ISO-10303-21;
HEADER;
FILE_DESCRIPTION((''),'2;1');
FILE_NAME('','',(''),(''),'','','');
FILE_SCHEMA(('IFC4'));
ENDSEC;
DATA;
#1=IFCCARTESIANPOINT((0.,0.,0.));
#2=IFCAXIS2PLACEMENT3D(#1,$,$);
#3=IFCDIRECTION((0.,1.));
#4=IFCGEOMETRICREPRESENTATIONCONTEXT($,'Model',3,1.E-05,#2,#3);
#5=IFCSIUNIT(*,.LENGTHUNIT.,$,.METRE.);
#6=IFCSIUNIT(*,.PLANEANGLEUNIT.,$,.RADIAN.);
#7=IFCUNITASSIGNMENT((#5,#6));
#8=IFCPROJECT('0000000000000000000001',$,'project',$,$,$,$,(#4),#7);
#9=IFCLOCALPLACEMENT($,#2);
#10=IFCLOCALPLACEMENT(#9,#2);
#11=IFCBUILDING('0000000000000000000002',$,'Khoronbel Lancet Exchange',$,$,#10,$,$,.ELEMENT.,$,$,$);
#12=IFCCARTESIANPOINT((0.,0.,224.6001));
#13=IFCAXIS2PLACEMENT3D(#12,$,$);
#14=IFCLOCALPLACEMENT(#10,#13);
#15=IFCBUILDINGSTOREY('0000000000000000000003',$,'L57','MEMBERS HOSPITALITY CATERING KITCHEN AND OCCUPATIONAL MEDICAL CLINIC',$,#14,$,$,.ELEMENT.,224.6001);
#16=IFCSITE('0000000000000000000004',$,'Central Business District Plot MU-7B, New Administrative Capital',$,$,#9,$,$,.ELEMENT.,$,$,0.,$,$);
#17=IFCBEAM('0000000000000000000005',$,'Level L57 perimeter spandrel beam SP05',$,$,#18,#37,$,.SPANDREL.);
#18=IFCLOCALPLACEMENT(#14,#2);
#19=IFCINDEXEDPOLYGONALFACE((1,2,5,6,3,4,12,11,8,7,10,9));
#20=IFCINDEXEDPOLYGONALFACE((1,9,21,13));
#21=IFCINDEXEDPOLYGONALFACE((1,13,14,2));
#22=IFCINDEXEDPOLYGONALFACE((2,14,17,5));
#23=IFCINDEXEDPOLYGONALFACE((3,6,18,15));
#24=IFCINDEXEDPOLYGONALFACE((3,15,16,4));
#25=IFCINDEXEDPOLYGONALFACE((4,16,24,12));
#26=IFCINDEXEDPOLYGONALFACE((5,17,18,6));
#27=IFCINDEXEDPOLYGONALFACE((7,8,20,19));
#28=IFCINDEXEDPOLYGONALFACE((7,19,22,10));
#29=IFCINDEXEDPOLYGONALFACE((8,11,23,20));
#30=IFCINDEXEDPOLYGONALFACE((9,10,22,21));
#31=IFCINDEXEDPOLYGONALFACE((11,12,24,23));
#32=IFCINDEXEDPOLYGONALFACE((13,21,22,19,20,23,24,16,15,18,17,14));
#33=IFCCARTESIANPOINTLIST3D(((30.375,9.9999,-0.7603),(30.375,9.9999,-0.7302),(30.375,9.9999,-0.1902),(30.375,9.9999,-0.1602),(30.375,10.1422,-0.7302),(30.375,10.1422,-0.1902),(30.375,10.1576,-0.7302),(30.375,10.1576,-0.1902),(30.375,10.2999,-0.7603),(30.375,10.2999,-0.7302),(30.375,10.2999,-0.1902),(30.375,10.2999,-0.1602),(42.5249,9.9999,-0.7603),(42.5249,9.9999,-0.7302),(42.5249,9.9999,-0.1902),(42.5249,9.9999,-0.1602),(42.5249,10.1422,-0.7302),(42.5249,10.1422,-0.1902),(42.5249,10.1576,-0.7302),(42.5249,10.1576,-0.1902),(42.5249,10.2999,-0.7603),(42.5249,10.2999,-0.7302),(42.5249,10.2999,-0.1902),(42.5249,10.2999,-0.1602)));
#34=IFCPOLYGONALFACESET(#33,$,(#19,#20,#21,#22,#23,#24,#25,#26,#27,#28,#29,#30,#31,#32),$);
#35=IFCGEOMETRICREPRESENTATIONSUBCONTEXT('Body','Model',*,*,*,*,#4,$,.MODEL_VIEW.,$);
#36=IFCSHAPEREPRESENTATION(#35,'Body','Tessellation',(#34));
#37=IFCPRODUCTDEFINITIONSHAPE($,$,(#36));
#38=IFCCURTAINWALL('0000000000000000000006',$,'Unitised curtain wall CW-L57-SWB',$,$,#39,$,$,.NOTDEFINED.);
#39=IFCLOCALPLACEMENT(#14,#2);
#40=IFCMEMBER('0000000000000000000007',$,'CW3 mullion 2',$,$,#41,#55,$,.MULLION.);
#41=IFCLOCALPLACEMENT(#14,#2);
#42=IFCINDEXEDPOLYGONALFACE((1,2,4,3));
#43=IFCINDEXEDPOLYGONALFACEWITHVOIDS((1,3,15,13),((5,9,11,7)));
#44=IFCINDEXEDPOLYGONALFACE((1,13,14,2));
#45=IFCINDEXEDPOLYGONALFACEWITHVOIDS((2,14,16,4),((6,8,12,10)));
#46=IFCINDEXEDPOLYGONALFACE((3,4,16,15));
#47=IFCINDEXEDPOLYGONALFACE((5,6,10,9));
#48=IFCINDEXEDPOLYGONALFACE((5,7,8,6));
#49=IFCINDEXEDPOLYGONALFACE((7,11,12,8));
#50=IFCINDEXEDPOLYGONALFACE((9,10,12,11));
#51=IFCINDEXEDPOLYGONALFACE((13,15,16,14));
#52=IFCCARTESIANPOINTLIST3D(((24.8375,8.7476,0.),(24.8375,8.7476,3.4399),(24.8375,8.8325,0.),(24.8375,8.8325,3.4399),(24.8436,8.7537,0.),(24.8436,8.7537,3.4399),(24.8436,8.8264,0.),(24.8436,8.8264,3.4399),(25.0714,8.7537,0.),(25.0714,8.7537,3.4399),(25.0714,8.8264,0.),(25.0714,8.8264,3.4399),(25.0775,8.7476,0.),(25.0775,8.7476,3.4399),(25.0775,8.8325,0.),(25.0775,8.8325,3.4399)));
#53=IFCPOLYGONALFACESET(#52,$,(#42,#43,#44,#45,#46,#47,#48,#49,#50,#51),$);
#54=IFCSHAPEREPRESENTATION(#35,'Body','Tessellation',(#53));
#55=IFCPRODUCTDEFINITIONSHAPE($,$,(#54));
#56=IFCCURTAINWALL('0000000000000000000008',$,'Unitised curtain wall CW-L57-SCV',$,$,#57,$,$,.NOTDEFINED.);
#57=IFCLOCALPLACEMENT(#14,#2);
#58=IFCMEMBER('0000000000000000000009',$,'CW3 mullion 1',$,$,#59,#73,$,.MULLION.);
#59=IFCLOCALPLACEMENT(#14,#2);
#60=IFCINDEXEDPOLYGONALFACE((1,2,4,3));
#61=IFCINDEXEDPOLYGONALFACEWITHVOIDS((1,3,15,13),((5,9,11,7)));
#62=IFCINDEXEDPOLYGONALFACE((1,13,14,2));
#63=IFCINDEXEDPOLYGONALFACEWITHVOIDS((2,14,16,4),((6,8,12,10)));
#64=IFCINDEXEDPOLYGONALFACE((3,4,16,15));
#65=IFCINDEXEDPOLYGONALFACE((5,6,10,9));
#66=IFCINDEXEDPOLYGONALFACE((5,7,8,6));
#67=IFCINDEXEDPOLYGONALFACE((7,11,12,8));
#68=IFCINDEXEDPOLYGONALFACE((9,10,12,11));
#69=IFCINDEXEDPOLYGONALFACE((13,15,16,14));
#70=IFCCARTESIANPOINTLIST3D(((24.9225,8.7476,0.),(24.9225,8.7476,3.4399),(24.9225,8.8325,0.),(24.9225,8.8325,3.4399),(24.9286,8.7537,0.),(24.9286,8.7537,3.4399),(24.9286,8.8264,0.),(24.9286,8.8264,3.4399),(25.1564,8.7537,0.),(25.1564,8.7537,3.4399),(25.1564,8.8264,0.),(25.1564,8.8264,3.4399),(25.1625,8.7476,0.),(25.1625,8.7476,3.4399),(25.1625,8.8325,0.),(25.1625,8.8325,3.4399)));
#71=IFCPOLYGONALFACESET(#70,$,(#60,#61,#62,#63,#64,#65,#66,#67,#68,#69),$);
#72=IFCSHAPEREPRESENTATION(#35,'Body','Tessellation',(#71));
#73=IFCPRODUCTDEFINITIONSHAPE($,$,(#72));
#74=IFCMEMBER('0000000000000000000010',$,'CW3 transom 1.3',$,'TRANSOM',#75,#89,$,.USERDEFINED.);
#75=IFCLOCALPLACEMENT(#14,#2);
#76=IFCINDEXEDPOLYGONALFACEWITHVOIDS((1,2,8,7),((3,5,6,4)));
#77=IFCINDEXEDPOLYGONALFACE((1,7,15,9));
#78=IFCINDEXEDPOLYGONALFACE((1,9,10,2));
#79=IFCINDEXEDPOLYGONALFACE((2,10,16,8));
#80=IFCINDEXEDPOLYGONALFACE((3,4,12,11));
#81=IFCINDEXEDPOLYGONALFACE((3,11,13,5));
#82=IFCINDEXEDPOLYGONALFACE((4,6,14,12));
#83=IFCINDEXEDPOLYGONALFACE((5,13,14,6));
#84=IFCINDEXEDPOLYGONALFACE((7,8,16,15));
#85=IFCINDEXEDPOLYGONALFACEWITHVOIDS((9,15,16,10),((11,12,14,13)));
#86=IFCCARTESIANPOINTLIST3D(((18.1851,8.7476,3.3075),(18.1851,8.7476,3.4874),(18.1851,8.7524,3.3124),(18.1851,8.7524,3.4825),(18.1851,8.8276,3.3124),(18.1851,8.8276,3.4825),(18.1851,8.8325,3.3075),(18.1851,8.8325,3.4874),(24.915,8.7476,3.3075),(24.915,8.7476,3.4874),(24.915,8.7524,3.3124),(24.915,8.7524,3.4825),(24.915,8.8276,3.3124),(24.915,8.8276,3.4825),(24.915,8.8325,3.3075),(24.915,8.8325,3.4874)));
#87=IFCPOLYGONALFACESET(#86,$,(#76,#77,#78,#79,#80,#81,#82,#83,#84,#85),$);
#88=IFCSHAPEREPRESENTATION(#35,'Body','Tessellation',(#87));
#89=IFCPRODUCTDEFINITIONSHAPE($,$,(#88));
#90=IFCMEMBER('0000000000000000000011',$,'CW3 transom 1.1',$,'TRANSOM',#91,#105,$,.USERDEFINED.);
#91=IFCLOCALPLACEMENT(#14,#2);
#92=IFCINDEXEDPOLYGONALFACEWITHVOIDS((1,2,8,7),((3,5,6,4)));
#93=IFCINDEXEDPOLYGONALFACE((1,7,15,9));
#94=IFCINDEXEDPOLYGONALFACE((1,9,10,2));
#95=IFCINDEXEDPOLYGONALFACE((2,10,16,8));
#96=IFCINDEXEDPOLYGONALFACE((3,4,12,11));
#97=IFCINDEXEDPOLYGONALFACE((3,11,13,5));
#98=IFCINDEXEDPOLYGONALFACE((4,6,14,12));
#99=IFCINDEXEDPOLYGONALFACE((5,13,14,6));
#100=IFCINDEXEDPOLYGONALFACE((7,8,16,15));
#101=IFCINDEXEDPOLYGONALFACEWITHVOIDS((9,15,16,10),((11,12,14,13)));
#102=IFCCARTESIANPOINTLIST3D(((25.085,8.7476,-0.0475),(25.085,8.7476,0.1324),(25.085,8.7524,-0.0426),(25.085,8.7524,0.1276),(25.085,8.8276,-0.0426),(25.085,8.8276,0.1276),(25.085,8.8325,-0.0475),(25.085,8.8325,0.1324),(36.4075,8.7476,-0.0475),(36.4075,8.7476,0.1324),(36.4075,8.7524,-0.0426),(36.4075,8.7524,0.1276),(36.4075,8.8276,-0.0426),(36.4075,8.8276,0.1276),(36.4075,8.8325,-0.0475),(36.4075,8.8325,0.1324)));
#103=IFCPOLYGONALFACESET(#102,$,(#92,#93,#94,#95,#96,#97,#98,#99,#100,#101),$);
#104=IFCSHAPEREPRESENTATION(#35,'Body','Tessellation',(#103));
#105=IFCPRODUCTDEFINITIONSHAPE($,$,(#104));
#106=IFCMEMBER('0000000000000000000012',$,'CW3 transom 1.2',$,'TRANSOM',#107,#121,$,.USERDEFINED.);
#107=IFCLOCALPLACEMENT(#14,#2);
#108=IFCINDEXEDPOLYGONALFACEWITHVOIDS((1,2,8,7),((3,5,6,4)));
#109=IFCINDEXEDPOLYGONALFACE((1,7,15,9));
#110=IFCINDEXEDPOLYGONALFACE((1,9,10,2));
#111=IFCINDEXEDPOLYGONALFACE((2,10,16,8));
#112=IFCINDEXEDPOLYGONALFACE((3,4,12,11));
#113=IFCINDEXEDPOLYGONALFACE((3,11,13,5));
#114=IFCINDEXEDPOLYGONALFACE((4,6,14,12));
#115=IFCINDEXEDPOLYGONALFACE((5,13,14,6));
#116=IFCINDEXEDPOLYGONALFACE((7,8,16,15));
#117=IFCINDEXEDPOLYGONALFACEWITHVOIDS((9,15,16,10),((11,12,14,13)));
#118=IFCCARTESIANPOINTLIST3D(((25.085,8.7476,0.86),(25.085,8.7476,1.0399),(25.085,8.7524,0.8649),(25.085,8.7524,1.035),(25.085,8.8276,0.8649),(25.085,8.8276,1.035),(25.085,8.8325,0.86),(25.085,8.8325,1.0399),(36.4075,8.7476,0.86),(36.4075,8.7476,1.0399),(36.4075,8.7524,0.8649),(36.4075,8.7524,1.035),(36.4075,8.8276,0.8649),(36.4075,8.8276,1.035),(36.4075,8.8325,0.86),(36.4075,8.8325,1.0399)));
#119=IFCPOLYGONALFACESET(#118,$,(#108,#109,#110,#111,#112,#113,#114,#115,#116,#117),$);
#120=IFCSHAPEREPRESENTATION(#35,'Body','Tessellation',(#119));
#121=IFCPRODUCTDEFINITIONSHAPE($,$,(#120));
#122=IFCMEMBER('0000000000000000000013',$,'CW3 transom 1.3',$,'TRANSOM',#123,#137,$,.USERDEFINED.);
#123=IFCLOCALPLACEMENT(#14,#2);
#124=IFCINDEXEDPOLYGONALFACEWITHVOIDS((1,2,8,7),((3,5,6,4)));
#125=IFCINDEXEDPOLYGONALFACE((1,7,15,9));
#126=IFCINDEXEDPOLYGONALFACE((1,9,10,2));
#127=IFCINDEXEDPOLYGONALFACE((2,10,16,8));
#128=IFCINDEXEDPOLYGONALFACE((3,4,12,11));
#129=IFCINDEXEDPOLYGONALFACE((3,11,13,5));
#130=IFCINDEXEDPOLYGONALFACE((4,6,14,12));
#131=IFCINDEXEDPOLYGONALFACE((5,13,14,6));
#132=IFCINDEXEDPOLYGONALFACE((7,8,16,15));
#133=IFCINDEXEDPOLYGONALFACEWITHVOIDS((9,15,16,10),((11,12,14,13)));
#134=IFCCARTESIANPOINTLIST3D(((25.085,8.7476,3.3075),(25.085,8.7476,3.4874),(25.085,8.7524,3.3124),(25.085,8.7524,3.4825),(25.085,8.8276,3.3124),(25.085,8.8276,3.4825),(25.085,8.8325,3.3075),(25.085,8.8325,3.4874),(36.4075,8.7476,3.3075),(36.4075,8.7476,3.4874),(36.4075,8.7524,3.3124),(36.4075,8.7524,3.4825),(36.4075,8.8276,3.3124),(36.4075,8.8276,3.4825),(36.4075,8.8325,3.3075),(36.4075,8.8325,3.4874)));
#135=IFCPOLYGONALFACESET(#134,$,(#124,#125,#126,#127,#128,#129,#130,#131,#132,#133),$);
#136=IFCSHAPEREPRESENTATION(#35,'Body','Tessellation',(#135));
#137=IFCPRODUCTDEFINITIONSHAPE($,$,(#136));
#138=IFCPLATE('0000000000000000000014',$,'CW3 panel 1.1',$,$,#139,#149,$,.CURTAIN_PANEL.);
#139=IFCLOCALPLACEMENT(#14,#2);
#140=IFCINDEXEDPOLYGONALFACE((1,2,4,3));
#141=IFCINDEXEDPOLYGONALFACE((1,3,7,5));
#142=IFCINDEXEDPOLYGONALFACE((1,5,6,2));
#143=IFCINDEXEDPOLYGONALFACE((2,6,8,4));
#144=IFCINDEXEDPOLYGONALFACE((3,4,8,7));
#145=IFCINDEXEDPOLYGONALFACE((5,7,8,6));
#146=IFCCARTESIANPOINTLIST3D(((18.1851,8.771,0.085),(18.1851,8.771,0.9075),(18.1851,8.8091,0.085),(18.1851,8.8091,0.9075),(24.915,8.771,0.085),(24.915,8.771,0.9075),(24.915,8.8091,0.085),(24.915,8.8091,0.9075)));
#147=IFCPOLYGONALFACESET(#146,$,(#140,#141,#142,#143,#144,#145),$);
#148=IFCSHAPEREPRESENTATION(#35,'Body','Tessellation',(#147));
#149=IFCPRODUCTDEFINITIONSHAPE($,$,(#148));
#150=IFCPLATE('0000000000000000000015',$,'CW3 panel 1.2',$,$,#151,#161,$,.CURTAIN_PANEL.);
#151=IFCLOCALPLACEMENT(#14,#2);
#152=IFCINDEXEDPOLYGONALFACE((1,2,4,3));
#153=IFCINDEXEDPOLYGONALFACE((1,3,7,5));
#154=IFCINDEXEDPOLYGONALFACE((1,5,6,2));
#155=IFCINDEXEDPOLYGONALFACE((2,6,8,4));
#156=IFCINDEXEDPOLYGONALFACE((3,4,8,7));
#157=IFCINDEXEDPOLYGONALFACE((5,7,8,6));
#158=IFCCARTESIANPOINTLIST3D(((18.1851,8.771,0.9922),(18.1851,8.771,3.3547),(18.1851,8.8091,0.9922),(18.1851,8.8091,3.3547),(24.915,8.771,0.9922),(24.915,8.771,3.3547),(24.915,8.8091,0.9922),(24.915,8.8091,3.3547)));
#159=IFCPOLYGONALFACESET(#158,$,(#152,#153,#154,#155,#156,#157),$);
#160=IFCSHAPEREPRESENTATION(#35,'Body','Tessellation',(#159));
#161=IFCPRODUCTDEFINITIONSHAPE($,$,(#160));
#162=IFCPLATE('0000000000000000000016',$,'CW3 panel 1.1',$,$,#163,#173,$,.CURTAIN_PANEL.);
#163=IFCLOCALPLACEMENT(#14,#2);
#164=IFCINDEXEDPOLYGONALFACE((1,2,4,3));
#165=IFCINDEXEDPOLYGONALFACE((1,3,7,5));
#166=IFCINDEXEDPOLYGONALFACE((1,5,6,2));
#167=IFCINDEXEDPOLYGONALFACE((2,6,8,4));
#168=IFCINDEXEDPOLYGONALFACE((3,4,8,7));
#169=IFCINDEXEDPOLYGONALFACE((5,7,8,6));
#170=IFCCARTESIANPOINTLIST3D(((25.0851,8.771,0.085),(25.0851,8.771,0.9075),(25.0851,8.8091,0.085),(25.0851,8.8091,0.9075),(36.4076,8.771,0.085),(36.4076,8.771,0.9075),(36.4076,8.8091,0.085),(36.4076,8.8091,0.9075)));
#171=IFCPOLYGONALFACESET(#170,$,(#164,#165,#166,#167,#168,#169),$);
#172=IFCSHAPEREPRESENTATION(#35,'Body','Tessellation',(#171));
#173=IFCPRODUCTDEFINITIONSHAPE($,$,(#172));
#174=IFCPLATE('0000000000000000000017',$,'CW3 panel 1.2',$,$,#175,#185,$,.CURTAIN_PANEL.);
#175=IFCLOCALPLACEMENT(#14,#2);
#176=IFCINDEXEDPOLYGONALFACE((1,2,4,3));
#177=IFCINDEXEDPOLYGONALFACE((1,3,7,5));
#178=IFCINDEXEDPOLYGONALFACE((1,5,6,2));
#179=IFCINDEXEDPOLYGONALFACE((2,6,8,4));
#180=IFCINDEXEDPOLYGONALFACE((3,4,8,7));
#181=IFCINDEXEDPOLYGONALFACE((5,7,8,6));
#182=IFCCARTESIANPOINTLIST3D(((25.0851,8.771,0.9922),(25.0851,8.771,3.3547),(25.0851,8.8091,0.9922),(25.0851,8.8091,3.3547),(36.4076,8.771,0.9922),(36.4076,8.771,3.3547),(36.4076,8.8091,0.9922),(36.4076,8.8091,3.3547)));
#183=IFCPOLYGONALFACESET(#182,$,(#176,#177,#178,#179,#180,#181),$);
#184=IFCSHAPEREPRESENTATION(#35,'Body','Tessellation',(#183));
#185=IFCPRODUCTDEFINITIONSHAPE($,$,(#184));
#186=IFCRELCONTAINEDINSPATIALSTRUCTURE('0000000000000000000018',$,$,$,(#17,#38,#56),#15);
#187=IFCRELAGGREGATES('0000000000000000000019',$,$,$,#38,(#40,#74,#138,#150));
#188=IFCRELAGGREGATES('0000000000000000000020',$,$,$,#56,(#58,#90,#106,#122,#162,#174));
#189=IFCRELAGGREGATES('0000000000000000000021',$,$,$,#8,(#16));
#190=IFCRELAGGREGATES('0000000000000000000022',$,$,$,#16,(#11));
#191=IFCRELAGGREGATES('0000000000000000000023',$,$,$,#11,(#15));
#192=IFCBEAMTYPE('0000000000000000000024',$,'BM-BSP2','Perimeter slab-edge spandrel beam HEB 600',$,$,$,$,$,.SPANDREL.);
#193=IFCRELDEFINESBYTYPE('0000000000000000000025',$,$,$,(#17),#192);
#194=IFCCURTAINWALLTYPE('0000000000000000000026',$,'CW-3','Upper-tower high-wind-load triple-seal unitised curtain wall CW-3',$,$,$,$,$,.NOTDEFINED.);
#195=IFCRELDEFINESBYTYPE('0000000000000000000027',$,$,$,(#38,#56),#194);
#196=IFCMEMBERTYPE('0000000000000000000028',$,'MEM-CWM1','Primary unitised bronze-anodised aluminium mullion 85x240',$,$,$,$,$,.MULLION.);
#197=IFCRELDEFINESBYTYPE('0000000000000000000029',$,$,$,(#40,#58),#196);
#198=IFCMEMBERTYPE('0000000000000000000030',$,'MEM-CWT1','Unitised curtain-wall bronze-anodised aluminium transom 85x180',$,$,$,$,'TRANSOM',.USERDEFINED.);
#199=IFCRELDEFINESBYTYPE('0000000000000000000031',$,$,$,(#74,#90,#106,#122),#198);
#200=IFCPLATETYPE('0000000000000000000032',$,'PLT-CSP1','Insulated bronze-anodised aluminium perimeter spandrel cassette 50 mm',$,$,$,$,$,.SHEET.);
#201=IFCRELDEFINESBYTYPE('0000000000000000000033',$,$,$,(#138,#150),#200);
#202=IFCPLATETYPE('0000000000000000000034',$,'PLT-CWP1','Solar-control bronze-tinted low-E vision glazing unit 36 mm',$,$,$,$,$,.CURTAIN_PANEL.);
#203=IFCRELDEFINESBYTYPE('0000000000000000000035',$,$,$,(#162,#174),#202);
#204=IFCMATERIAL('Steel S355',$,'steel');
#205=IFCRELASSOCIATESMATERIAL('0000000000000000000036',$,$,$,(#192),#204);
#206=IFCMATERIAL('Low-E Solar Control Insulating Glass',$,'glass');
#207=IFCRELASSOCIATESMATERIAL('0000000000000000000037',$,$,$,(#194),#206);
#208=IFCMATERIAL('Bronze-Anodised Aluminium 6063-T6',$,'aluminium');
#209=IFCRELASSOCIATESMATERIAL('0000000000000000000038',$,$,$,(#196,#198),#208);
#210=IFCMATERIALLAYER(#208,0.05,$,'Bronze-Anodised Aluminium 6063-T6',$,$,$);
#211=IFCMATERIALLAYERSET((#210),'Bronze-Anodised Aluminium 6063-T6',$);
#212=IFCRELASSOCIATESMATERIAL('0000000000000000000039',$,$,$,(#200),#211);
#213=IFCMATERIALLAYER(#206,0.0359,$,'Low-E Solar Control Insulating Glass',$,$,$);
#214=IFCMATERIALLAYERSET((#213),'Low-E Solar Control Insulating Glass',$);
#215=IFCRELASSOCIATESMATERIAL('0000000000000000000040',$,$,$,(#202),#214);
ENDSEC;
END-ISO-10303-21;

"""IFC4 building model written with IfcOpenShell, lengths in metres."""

from ifc_helpers import new_model, si_unit, direction, frame, origin, origin_2d, place, context, subcontext, project, spatial, rectangle, hollow_rectangle, i_section, extrude, material, layer, layer_set, material_profile, profile_set, type_object, element, aggregate, save


model = new_model("IFC4")

# Units and contexts
model_context = context("Model", 3, precision=1e-05, world=origin(), true_north=direction((0.0, 1.0)))
body_context = subcontext(model_context, "Body", "Model", "MODEL_VIEW")
ifc_project = project(units=[si_unit("LENGTHUNIT", "METRE"), si_unit("PLANEANGLEUNIT", "RADIAN")], contexts=[model_context])

# Site, building, storey
site_placement = place(None, origin())
site = spatial("IfcSite", under=ifc_project, at=site_placement, Name="Central Business District Plot MU-7B, New Administrative Capital", CompositionType="ELEMENT", RefElevation=0.0)
building_placement = place(site_placement, origin())
building = spatial("IfcBuilding", under=site, at=building_placement, Name="Khoronbel Lancet Exchange", CompositionType="ELEMENT")
storey_placement = place(building_placement, frame((0.0, 0.0, 224.6001)))
storey = spatial("IfcBuildingStorey", under=building, at=storey_placement, Name="L57", Description="MEMBERS HOSPITALITY CATERING KITCHEN AND OCCUPATIONAL MEDICAL CLINIC", CompositionType="ELEMENT", Elevation=224.6001)

# Beam
ifc_material_1 = material(Name="Steel S355", Category="steel")
ifc_material_profile_1 = material_profile(ifc_material_1, i_section(OverallWidth=0.3, OverallDepth=0.6001, WebThickness=0.0154, FlangeThickness=0.03, at=origin_2d()), Name="HEB 600")
ifc_profile_set_1 = profile_set([ifc_material_profile_1], Name="Steel S355")
beam_type_1 = type_object("IfcBeamType", Name="BM-BSP2", Description="Perimeter slab-edge spandrel beam HEB 600", PredefinedType="SPANDREL", material=ifc_profile_set_1)
beam_1_placement = place(storey_placement, frame((30.375, 10.1499, -0.4602), z_axis=(1.0, 0.0, 0.0), x_axis=(0.0, 1.0, 0.0)))
element("IfcBeam", 1, at=beam_1_placement, inside=storey, type_object=beam_type_1, Name="Level L57 perimeter spandrel beam SP05", PredefinedType="SPANDREL", context=body_context, shape_type="SweptSolid", body=[
    extrude(i_section(OverallWidth=0.3, OverallDepth=0.6001, WebThickness=0.0154, FlangeThickness=0.03, at=origin_2d()), origin(), (0.0, 0.0, 1.0), 12.1499),
])

# Curtain walls, members
ifc_material_2 = material(Name="Low-E Solar Control Insulating Glass", Category="glass")
curtain_wall_type = type_object("IfcCurtainWallType", Name="CW-3", Description="Upper-tower high-wind-load triple-seal unitised curtain wall CW-3", PredefinedType="NOTDEFINED", material=ifc_material_2)
curtain_wall_1_placement = place(storey_placement, origin())
curtain_wall_1 = element("IfcCurtainWall", 2, at=curtain_wall_1_placement, inside=storey, type_object=curtain_wall_type, Name="Unitised curtain wall CW-L57-SWB", PredefinedType="NOTDEFINED")
ifc_material_3 = material(Name="Bronze-Anodised Aluminium 6063-T6", Category="aluminium")
ifc_material_profile_2 = material_profile(ifc_material_3, hollow_rectangle(XDim=0.085, YDim=0.24, WallThickness=0.0061, at=origin_2d()), Name="ALU MULLION 85x240")
ifc_profile_set_2 = profile_set([ifc_material_profile_2], Name="Bronze-Anodised Aluminium 6063-T6")
member_type_1 = type_object("IfcMemberType", Name="MEM-CWM1", Description="Primary unitised bronze-anodised aluminium mullion 85x240", PredefinedType="MULLION", material=ifc_profile_set_2)
member_1_placement = place(storey_placement, frame((24.9575, 8.79, 0.0), z_axis=(0.0, 0.0, 1.0), x_axis=(0.0, 1.0, 0.0)))
member_1 = element("IfcMember", 3, at=member_1_placement, type_object=member_type_1, Name="CW3 mullion 2", PredefinedType="MULLION", context=body_context, shape_type="SweptSolid", body=[
    extrude(hollow_rectangle(XDim=0.085, YDim=0.24, WallThickness=0.0061, at=origin_2d()), origin(), (0.0, 0.0, 1.0), 3.4399),
])
curtain_wall_2_placement = place(storey_placement, origin())
curtain_wall_2 = element("IfcCurtainWall", 4, at=curtain_wall_2_placement, inside=storey, type_object=curtain_wall_type, Name="Unitised curtain wall CW-L57-SCV", PredefinedType="NOTDEFINED")
member_2_placement = place(storey_placement, frame((25.0425, 8.79, 0.0), z_axis=(0.0, 0.0, 1.0), x_axis=(0.0, 1.0, 0.0)))
member_2 = element("IfcMember", 5, at=member_2_placement, type_object=member_type_1, Name="CW3 mullion 1", PredefinedType="MULLION", context=body_context, shape_type="SweptSolid", body=[
    extrude(hollow_rectangle(XDim=0.085, YDim=0.24, WallThickness=0.0061, at=origin_2d()), origin(), (0.0, 0.0, 1.0), 3.4399),
])

# Members
ifc_material_profile_3 = material_profile(ifc_material_3, hollow_rectangle(XDim=0.085, YDim=0.1799, WallThickness=0.0049, at=origin_2d()), Name="ALU TRANSOM 85x180")
ifc_profile_set_3 = profile_set([ifc_material_profile_3], Name="Bronze-Anodised Aluminium 6063-T6")
member_type_2 = type_object("IfcMemberType", Name="MEM-CWT1", Description="Unitised curtain-wall bronze-anodised aluminium transom 85x180", ElementType="TRANSOM", PredefinedType="USERDEFINED", material=ifc_profile_set_3)
member_3_placement = place(storey_placement, frame((18.1851, 8.79, 3.3975), z_axis=(1.0, 0.0, 0.0), x_axis=(0.0, 1.0, 0.0)))
member_3 = element("IfcMember", 6, at=member_3_placement, type_object=member_type_2, Name="CW3 transom 1.3", ObjectType="TRANSOM", PredefinedType="USERDEFINED", context=body_context, shape_type="SweptSolid", body=[
    extrude(hollow_rectangle(XDim=0.085, YDim=0.1799, WallThickness=0.0049, at=origin_2d()), origin(), (0.0, 0.0, 1.0), 6.73),
])
member_4_placement = place(storey_placement, frame((25.085, 8.79, 0.0425), z_axis=(1.0, 0.0, 0.0), x_axis=(0.0, 1.0, 0.0)))
member_4 = element("IfcMember", 7, at=member_4_placement, type_object=member_type_2, Name="CW3 transom 1.1", ObjectType="TRANSOM", PredefinedType="USERDEFINED", context=body_context, shape_type="SweptSolid", body=[
    extrude(hollow_rectangle(XDim=0.085, YDim=0.1799, WallThickness=0.0049, at=origin_2d()), origin(), (0.0, 0.0, 1.0), 11.3225),
])
member_5_placement = place(storey_placement, frame((25.085, 8.79, 0.95), z_axis=(1.0, 0.0, 0.0), x_axis=(0.0, 1.0, 0.0)))
member_5 = element("IfcMember", 8, at=member_5_placement, type_object=member_type_2, Name="CW3 transom 1.2", ObjectType="TRANSOM", PredefinedType="USERDEFINED", context=body_context, shape_type="SweptSolid", body=[
    extrude(hollow_rectangle(XDim=0.085, YDim=0.1799, WallThickness=0.0049, at=origin_2d()), origin(), (0.0, 0.0, 1.0), 11.3225),
])
member_6_placement = place(storey_placement, frame((25.085, 8.79, 3.3975), z_axis=(1.0, 0.0, 0.0), x_axis=(0.0, 1.0, 0.0)))
member_6 = element("IfcMember", 9, at=member_6_placement, type_object=member_type_2, Name="CW3 transom 1.3", ObjectType="TRANSOM", PredefinedType="USERDEFINED", context=body_context, shape_type="SweptSolid", body=[
    extrude(hollow_rectangle(XDim=0.085, YDim=0.1799, WallThickness=0.0049, at=origin_2d()), origin(), (0.0, 0.0, 1.0), 11.3225),
])

# Plates
ifc_layer_1 = layer(ifc_material_3, 0.05, Name="Bronze-Anodised Aluminium 6063-T6")
ifc_layer_set_1 = layer_set([ifc_layer_1], Name="Bronze-Anodised Aluminium 6063-T6")
plate_type_1 = type_object("IfcPlateType", Name="PLT-CSP1", Description="Insulated bronze-anodised aluminium perimeter spandrel cassette 50 mm", PredefinedType="SHEET", material=ifc_layer_set_1)
plate_1_placement = place(storey_placement, frame((21.55, 8.79, 0.085), z_axis=(0.0, 0.0, 1.0), x_axis=(1.0, 0.0, 0.0)))
plate_1 = element("IfcPlate", 10, at=plate_1_placement, type_object=plate_type_1, Name="CW3 panel 1.1", PredefinedType="CURTAIN_PANEL", context=body_context, shape_type="SweptSolid", body=[
    extrude(rectangle(XDim=6.73, YDim=0.0381, at=origin_2d()), origin(), (0.0, 0.0, 1.0), 0.8225),
])
plate_2_placement = place(storey_placement, frame((21.55, 8.79, 0.9922), z_axis=(0.0, 0.0, 1.0), x_axis=(1.0, 0.0, 0.0)))
plate_2 = element("IfcPlate", 11, at=plate_2_placement, type_object=plate_type_1, Name="CW3 panel 1.2", PredefinedType="CURTAIN_PANEL", context=body_context, shape_type="SweptSolid", body=[
    extrude(rectangle(XDim=6.73, YDim=0.0381, at=origin_2d()), origin(), (0.0, 0.0, 1.0), 2.3625),
])
aggregate(curtain_wall_1, [member_1, member_3, plate_1, plate_2])
ifc_layer_2 = layer(ifc_material_2, 0.0359, Name="Low-E Solar Control Insulating Glass")
ifc_layer_set_2 = layer_set([ifc_layer_2], Name="Low-E Solar Control Insulating Glass")
plate_type_2 = type_object("IfcPlateType", Name="PLT-CWP1", Description="Solar-control bronze-tinted low-E vision glazing unit 36 mm", PredefinedType="CURTAIN_PANEL", material=ifc_layer_set_2)
plate_3_placement = place(storey_placement, frame((30.7463, 8.79, 0.085), z_axis=(0.0, 0.0, 1.0), x_axis=(1.0, 0.0, 0.0)))
plate_3 = element("IfcPlate", 12, at=plate_3_placement, type_object=plate_type_2, Name="CW3 panel 1.1", PredefinedType="CURTAIN_PANEL", context=body_context, shape_type="SweptSolid", body=[
    extrude(rectangle(XDim=11.3225, YDim=0.0381, at=origin_2d()), origin(), (0.0, 0.0, 1.0), 0.8225),
])
plate_4_placement = place(storey_placement, frame((30.7463, 8.79, 0.9922), z_axis=(0.0, 0.0, 1.0), x_axis=(1.0, 0.0, 0.0)))
plate_4 = element("IfcPlate", 13, at=plate_4_placement, type_object=plate_type_2, Name="CW3 panel 1.2", PredefinedType="CURTAIN_PANEL", context=body_context, shape_type="SweptSolid", body=[
    extrude(rectangle(XDim=11.3225, YDim=0.0381, at=origin_2d()), origin(), (0.0, 0.0, 1.0), 2.3625),
])
aggregate(curtain_wall_2, [member_2, member_4, member_5, member_6, plate_3, plate_4])

save(model, "model.ifc")
